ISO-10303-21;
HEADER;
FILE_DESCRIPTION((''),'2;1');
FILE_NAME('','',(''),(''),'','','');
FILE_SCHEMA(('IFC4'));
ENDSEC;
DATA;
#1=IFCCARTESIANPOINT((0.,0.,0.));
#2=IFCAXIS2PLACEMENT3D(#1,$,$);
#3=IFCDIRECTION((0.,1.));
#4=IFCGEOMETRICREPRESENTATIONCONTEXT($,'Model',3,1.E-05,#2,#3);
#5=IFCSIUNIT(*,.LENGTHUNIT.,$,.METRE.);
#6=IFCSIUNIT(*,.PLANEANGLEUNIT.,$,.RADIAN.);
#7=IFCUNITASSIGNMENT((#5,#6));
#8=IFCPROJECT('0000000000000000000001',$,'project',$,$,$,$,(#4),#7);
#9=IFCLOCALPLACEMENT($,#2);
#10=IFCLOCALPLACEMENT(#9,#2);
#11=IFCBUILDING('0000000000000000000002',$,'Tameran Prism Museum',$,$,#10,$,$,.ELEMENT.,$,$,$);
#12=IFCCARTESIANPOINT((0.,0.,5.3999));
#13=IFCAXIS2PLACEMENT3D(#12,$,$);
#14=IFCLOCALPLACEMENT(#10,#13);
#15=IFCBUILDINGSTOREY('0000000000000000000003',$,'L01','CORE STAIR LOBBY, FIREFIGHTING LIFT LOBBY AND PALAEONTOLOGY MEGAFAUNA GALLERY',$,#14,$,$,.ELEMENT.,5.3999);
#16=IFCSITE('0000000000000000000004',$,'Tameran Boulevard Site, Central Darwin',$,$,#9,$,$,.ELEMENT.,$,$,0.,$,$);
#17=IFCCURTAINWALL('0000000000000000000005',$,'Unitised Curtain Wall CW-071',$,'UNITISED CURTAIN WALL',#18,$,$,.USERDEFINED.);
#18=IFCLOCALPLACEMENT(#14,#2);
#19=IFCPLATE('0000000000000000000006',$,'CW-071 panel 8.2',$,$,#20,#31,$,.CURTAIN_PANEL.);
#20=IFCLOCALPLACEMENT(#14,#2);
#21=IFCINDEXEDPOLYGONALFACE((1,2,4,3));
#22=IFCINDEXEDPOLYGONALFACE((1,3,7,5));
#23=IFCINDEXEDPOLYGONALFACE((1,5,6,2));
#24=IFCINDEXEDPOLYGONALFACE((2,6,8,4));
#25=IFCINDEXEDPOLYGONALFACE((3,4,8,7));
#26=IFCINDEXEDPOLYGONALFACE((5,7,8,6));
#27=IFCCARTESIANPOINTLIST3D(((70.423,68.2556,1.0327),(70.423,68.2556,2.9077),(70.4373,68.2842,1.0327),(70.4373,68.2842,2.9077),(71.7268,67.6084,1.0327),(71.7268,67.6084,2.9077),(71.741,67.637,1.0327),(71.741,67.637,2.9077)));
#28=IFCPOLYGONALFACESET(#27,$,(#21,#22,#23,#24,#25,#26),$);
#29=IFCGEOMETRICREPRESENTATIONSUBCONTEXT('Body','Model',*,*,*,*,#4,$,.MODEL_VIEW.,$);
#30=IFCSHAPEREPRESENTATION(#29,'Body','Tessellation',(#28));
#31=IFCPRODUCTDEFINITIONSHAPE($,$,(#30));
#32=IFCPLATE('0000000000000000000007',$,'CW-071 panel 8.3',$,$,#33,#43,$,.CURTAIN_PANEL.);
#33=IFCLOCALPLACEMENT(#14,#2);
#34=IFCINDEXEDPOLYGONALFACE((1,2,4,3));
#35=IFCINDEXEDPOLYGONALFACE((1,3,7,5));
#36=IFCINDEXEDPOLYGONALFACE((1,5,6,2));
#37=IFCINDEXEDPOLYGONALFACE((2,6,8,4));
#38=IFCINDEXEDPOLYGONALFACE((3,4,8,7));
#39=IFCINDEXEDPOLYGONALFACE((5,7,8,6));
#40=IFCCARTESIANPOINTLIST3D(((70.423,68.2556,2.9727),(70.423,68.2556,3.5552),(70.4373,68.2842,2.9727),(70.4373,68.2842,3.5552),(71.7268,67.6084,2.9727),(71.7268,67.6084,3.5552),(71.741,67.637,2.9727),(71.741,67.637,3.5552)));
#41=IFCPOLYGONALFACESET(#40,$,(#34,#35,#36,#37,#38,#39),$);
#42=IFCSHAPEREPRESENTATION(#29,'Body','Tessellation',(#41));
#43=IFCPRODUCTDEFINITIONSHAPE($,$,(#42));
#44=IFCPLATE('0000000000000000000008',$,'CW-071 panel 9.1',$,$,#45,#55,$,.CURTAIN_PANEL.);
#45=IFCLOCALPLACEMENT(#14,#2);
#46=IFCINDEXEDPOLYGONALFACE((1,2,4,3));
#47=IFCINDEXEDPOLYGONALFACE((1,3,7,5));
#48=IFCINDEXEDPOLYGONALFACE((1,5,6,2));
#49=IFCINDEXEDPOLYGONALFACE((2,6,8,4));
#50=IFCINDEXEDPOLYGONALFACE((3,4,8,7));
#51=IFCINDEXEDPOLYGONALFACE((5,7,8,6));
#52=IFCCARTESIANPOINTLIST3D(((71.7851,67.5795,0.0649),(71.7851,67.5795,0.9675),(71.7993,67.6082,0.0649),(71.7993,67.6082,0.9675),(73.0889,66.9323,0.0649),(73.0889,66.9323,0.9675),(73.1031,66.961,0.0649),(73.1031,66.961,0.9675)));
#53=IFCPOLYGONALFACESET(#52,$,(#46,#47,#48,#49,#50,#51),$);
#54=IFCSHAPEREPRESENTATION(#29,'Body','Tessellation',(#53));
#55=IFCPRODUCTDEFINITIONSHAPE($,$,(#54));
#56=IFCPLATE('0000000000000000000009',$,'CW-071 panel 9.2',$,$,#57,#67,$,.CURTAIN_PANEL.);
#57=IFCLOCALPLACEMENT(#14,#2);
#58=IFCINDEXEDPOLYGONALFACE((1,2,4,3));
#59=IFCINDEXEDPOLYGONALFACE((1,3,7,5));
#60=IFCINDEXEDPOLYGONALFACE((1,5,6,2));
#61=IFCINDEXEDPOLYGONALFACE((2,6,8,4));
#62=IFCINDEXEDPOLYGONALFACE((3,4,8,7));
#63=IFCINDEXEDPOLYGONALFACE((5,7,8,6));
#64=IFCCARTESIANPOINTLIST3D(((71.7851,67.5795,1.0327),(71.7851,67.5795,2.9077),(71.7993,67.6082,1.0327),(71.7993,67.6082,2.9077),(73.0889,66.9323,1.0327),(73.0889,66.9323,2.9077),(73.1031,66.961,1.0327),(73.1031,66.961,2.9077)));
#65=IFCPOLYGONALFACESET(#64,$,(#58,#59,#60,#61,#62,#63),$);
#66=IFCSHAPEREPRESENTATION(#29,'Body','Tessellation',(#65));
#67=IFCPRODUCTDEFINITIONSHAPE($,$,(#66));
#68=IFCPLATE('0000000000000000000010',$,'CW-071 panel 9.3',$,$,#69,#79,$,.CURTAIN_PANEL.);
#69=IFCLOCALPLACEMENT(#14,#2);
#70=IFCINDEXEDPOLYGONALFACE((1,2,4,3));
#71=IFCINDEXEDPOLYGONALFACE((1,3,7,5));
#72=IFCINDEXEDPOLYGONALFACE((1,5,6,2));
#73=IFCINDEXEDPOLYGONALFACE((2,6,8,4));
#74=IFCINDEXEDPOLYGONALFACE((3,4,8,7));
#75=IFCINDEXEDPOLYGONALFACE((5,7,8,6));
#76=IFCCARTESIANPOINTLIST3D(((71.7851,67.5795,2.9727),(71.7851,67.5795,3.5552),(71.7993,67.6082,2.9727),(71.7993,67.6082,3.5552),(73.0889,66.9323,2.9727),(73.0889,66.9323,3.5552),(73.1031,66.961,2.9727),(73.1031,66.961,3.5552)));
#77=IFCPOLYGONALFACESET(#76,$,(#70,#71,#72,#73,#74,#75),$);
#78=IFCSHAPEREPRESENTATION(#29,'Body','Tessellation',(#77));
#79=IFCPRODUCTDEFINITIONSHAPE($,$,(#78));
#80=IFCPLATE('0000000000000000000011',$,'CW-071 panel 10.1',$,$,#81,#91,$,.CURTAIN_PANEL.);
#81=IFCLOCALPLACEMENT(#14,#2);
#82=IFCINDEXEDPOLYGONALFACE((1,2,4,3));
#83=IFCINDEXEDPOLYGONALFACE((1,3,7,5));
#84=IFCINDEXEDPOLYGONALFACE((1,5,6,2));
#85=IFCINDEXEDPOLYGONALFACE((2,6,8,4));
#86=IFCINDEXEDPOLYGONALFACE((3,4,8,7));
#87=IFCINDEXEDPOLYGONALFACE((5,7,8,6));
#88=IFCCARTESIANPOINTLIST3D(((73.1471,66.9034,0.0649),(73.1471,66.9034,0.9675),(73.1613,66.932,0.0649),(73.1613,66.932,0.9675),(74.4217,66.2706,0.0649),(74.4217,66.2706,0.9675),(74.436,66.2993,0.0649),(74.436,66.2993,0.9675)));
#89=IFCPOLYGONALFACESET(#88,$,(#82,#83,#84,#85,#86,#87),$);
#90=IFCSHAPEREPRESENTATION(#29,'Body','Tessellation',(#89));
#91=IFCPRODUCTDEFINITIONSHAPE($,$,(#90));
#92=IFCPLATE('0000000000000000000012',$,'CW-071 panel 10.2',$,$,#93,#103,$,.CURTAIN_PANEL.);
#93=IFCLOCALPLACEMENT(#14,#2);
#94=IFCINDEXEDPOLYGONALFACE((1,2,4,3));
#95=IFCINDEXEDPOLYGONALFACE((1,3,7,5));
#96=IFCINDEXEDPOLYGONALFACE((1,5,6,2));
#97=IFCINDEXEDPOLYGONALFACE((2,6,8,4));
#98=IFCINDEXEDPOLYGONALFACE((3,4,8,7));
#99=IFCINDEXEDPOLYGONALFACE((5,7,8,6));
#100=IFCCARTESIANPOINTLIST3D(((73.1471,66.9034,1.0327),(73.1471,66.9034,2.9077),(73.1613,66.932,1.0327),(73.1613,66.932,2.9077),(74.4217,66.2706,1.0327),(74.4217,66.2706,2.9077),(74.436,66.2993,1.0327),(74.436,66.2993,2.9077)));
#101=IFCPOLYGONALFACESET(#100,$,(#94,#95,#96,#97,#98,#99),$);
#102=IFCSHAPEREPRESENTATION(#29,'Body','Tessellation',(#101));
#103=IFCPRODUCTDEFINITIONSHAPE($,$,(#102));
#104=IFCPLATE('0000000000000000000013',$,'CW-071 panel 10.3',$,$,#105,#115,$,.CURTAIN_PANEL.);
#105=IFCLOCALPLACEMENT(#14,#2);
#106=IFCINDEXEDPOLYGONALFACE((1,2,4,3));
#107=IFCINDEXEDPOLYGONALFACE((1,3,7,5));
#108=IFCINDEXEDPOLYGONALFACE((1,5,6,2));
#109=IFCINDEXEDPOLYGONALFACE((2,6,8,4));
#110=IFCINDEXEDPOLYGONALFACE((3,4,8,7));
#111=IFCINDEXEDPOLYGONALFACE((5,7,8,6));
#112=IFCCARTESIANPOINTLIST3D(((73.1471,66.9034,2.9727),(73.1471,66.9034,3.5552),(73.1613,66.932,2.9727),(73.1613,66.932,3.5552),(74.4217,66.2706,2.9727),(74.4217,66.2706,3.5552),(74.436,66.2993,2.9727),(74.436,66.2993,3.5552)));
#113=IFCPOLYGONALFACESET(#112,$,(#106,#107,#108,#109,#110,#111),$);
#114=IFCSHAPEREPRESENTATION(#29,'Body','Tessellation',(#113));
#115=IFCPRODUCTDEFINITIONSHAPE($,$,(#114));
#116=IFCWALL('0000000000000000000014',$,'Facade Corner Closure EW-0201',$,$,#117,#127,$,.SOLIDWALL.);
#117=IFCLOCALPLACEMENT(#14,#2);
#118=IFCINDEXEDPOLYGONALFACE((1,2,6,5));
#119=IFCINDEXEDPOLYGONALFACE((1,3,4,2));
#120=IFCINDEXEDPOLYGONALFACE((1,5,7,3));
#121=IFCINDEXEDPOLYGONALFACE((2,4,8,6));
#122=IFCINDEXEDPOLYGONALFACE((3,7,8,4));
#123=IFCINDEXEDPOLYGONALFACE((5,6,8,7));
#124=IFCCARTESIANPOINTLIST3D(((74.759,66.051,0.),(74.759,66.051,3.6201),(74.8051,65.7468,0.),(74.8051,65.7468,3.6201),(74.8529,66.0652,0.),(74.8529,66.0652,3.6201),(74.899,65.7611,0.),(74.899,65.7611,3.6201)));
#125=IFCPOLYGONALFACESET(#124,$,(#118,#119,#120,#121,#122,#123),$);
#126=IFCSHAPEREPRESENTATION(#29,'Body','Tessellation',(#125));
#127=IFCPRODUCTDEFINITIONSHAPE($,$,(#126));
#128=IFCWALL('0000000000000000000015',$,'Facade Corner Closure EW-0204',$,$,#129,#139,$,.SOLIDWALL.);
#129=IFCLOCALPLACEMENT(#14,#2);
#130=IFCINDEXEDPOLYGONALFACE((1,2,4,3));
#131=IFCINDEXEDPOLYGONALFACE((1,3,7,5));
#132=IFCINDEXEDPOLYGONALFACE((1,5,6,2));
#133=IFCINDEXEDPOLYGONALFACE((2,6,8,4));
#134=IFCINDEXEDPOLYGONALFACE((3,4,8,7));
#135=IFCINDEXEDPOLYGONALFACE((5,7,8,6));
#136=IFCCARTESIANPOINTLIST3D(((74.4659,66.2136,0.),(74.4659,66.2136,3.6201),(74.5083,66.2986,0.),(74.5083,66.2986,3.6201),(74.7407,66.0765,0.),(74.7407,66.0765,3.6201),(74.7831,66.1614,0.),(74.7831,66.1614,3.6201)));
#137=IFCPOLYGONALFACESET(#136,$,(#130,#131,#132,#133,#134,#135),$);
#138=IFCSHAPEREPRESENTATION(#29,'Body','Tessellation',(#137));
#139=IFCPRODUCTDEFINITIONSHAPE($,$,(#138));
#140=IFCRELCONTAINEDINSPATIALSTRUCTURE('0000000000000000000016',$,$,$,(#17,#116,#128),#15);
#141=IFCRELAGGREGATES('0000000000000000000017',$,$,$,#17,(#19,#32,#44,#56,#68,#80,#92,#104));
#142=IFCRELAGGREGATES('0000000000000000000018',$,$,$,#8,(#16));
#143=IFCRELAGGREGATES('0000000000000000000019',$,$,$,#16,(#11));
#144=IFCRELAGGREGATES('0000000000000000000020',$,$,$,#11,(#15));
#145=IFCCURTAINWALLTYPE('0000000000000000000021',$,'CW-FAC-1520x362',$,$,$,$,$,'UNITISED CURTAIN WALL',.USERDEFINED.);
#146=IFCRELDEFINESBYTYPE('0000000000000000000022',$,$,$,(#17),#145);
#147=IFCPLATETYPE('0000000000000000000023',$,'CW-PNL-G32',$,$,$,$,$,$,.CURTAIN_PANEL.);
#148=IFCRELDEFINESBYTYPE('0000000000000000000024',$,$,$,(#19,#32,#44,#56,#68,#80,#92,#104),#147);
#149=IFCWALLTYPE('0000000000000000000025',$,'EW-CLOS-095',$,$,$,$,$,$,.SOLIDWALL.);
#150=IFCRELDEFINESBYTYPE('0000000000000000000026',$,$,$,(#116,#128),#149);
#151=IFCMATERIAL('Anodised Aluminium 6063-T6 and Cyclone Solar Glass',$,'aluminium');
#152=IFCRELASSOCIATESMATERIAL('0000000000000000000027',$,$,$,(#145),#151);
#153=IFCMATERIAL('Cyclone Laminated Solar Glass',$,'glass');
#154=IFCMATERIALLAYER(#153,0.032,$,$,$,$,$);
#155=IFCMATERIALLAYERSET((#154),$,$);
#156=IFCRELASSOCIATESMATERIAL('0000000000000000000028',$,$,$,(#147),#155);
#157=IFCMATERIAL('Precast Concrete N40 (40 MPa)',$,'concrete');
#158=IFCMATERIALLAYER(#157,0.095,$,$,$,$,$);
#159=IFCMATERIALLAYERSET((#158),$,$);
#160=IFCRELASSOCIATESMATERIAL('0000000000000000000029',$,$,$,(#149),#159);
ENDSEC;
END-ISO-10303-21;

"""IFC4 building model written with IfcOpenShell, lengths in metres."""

from ifc_helpers import new_model, si_unit, direction, frame, frame_2d, origin, origin_2d, place, context, subcontext, project, spatial, rectangle, extrude, material, layer, layer_set, type_object, element, aggregate, save


model = new_model("IFC4")

# Units and contexts
model_context = context("Model", 3, precision=1e-05, world=origin(), true_north=direction((0.0, 1.0)))
body_context = subcontext(model_context, "Body", "Model", "MODEL_VIEW")
ifc_project = project(units=[si_unit("LENGTHUNIT", "METRE"), si_unit("PLANEANGLEUNIT", "RADIAN")], contexts=[model_context])

# Site, building, storey
site_placement = place(None, origin())
site = spatial("IfcSite", under=ifc_project, at=site_placement, Name="Tameran Boulevard Site, Central Darwin", CompositionType="ELEMENT", RefElevation=0.0)
building_placement = place(site_placement, origin())
building = spatial("IfcBuilding", under=site, at=building_placement, Name="Tameran Prism Museum", CompositionType="ELEMENT")
storey_placement = place(building_placement, frame((0.0, 0.0, 5.3999)))
storey = spatial("IfcBuildingStorey", under=building, at=storey_placement, Name="L01", Description="CORE STAIR LOBBY, FIREFIGHTING LIFT LOBBY AND PALAEONTOLOGY MEGAFAUNA GALLERY", CompositionType="ELEMENT", Elevation=5.3999)

# Curtain wall
ifc_material_1 = material(Name="Anodised Aluminium 6063-T6 and Cyclone Solar Glass", Category="aluminium")
curtain_wall_type_1 = type_object("IfcCurtainWallType", Name="CW-FAC-1520x362", ElementType="UNITISED CURTAIN WALL", PredefinedType="USERDEFINED", material=ifc_material_1)
curtain_wall_1_placement = place(storey_placement, origin())
curtain_wall_1 = element("IfcCurtainWall", 1, at=curtain_wall_1_placement, inside=storey, type_object=curtain_wall_type_1, Name="Unitised Curtain Wall CW-071", ObjectType="UNITISED CURTAIN WALL", PredefinedType="USERDEFINED")

# Plates
ifc_material_2 = material(Name="Cyclone Laminated Solar Glass", Category="glass")
ifc_layer_1 = layer(ifc_material_2, 0.032)
ifc_layer_set_1 = layer_set([ifc_layer_1])
plate_type_1 = type_object("IfcPlateType", Name="CW-PNL-G32", PredefinedType="CURTAIN_PANEL", material=ifc_layer_set_1)
plate_1_placement = place(storey_placement, frame((71.082, 67.9463, 1.0327), z_axis=(0.0, 0.0, 1.0), x_axis=(0.895712, -0.444634, 0.0)))
plate_1 = element("IfcPlate", 2, at=plate_1_placement, type_object=plate_type_1, Name="CW-071 panel 8.2", PredefinedType="CURTAIN_PANEL", context=body_context, shape_type="SweptSolid", body=[
    extrude(rectangle(XDim=1.4556, YDim=0.032, at=origin_2d()), origin(), (0.0, 0.0, 1.0), 1.875),
])
plate_2_placement = place(storey_placement, frame((71.082, 67.9463, 2.9727), z_axis=(0.0, 0.0, 1.0), x_axis=(0.895712, -0.444634, 0.0)))
plate_2 = element("IfcPlate", 3, at=plate_2_placement, type_object=plate_type_1, Name="CW-071 panel 8.3", PredefinedType="CURTAIN_PANEL", context=body_context, shape_type="SweptSolid", body=[
    extrude(rectangle(XDim=1.4556, YDim=0.032, at=origin_2d()), origin(), (0.0, 0.0, 1.0), 0.5825),
])
plate_3_placement = place(storey_placement, frame((72.4441, 67.2703, 0.0649), z_axis=(0.0, 0.0, 1.0), x_axis=(0.895712, -0.444634, 0.0)))
plate_3 = element("IfcPlate", 4, at=plate_3_placement, type_object=plate_type_1, Name="CW-071 panel 9.1", PredefinedType="CURTAIN_PANEL", context=body_context, shape_type="SweptSolid", body=[
    extrude(rectangle(XDim=1.4556, YDim=0.032, at=origin_2d()), origin(), (0.0, 0.0, 1.0), 0.9026),
])
plate_4_placement = place(storey_placement, frame((72.4441, 67.2703, 1.0327), z_axis=(0.0, 0.0, 1.0), x_axis=(0.895712, -0.444634, 0.0)))
plate_4 = element("IfcPlate", 5, at=plate_4_placement, type_object=plate_type_1, Name="CW-071 panel 9.2", PredefinedType="CURTAIN_PANEL", context=body_context, shape_type="SweptSolid", body=[
    extrude(rectangle(XDim=1.4556, YDim=0.032, at=origin_2d()), origin(), (0.0, 0.0, 1.0), 1.875),
])
plate_5_placement = place(storey_placement, frame((72.4441, 67.2703, 2.9727), z_axis=(0.0, 0.0, 1.0), x_axis=(0.895712, -0.444634, 0.0)))
plate_5 = element("IfcPlate", 6, at=plate_5_placement, type_object=plate_type_1, Name="CW-071 panel 9.3", PredefinedType="CURTAIN_PANEL", context=body_context, shape_type="SweptSolid", body=[
    extrude(rectangle(XDim=1.4556, YDim=0.032, at=origin_2d()), origin(), (0.0, 0.0, 1.0), 0.5825),
])
plate_6_placement = place(storey_placement, frame((73.7915, 66.6013, 0.0649), z_axis=(0.0, 0.0, 1.0), x_axis=(0.895712, -0.444634, 0.0)))
plate_6 = element("IfcPlate", 7, at=plate_6_placement, type_object=plate_type_1, Name="CW-071 panel 10.1", PredefinedType="CURTAIN_PANEL", context=body_context, shape_type="SweptSolid", body=[
    extrude(rectangle(XDim=1.4231, YDim=0.032, at=origin_2d()), origin(), (0.0, 0.0, 1.0), 0.9026),
])
plate_7_placement = place(storey_placement, frame((73.7915, 66.6013, 1.0327), z_axis=(0.0, 0.0, 1.0), x_axis=(0.895712, -0.444634, 0.0)))
plate_7 = element("IfcPlate", 8, at=plate_7_placement, type_object=plate_type_1, Name="CW-071 panel 10.2", PredefinedType="CURTAIN_PANEL", context=body_context, shape_type="SweptSolid", body=[
    extrude(rectangle(XDim=1.4231, YDim=0.032, at=origin_2d()), origin(), (0.0, 0.0, 1.0), 1.875),
])
plate_8_placement = place(storey_placement, frame((73.7915, 66.6013, 2.9727), z_axis=(0.0, 0.0, 1.0), x_axis=(0.895712, -0.444634, 0.0)))
plate_8 = element("IfcPlate", 9, at=plate_8_placement, type_object=plate_type_1, Name="CW-071 panel 10.3", PredefinedType="CURTAIN_PANEL", context=body_context, shape_type="SweptSolid", body=[
    extrude(rectangle(XDim=1.4231, YDim=0.032, at=origin_2d()), origin(), (0.0, 0.0, 1.0), 0.5825),
])
aggregate(curtain_wall_1, [plate_1, plate_2, plate_3, plate_4, plate_5, plate_6, plate_7, plate_8])

# Walls
ifc_material_3 = material(Name="Precast Concrete N40 (40 MPa)", Category="concrete")
ifc_layer_2 = layer(ifc_material_3, 0.095)
ifc_layer_set_2 = layer_set([ifc_layer_2])
wall_type = type_object("IfcWallType", Name="EW-CLOS-095", PredefinedType="SOLIDWALL", material=ifc_layer_set_2)
wall_1_placement = place(storey_placement, frame((74.8059, 66.0581, 0.0), z_axis=(0.0, 0.0, 1.0), x_axis=(0.14997, -0.988691, 0.0)))
element("IfcWall", 10, at=wall_1_placement, inside=storey, type_object=wall_type, Name="Facade Corner Closure EW-0201", PredefinedType="SOLIDWALL", context=body_context, shape_type="SweptSolid", body=[
    extrude(rectangle(XDim=0.3076, YDim=0.095, at=frame_2d((0.1538, 0.0))), origin(), (0.0, 0.0, 1.0), 3.6201),
])
wall_2_placement = place(storey_placement, frame((74.4871, 66.2561, 0.0), z_axis=(0.0, 0.0, 1.0), x_axis=(0.894745, -0.446578, 0.0)))
element("IfcWall", 11, at=wall_2_placement, inside=storey, type_object=wall_type, Name="Facade Corner Closure EW-0204", PredefinedType="SOLIDWALL", context=body_context, shape_type="SweptSolid", body=[
    extrude(rectangle(XDim=0.3071, YDim=0.095, at=frame_2d((0.1536, 0.0))), origin(), (0.0, 0.0, 1.0), 3.6201),
])

save(model, "model.ifc")
